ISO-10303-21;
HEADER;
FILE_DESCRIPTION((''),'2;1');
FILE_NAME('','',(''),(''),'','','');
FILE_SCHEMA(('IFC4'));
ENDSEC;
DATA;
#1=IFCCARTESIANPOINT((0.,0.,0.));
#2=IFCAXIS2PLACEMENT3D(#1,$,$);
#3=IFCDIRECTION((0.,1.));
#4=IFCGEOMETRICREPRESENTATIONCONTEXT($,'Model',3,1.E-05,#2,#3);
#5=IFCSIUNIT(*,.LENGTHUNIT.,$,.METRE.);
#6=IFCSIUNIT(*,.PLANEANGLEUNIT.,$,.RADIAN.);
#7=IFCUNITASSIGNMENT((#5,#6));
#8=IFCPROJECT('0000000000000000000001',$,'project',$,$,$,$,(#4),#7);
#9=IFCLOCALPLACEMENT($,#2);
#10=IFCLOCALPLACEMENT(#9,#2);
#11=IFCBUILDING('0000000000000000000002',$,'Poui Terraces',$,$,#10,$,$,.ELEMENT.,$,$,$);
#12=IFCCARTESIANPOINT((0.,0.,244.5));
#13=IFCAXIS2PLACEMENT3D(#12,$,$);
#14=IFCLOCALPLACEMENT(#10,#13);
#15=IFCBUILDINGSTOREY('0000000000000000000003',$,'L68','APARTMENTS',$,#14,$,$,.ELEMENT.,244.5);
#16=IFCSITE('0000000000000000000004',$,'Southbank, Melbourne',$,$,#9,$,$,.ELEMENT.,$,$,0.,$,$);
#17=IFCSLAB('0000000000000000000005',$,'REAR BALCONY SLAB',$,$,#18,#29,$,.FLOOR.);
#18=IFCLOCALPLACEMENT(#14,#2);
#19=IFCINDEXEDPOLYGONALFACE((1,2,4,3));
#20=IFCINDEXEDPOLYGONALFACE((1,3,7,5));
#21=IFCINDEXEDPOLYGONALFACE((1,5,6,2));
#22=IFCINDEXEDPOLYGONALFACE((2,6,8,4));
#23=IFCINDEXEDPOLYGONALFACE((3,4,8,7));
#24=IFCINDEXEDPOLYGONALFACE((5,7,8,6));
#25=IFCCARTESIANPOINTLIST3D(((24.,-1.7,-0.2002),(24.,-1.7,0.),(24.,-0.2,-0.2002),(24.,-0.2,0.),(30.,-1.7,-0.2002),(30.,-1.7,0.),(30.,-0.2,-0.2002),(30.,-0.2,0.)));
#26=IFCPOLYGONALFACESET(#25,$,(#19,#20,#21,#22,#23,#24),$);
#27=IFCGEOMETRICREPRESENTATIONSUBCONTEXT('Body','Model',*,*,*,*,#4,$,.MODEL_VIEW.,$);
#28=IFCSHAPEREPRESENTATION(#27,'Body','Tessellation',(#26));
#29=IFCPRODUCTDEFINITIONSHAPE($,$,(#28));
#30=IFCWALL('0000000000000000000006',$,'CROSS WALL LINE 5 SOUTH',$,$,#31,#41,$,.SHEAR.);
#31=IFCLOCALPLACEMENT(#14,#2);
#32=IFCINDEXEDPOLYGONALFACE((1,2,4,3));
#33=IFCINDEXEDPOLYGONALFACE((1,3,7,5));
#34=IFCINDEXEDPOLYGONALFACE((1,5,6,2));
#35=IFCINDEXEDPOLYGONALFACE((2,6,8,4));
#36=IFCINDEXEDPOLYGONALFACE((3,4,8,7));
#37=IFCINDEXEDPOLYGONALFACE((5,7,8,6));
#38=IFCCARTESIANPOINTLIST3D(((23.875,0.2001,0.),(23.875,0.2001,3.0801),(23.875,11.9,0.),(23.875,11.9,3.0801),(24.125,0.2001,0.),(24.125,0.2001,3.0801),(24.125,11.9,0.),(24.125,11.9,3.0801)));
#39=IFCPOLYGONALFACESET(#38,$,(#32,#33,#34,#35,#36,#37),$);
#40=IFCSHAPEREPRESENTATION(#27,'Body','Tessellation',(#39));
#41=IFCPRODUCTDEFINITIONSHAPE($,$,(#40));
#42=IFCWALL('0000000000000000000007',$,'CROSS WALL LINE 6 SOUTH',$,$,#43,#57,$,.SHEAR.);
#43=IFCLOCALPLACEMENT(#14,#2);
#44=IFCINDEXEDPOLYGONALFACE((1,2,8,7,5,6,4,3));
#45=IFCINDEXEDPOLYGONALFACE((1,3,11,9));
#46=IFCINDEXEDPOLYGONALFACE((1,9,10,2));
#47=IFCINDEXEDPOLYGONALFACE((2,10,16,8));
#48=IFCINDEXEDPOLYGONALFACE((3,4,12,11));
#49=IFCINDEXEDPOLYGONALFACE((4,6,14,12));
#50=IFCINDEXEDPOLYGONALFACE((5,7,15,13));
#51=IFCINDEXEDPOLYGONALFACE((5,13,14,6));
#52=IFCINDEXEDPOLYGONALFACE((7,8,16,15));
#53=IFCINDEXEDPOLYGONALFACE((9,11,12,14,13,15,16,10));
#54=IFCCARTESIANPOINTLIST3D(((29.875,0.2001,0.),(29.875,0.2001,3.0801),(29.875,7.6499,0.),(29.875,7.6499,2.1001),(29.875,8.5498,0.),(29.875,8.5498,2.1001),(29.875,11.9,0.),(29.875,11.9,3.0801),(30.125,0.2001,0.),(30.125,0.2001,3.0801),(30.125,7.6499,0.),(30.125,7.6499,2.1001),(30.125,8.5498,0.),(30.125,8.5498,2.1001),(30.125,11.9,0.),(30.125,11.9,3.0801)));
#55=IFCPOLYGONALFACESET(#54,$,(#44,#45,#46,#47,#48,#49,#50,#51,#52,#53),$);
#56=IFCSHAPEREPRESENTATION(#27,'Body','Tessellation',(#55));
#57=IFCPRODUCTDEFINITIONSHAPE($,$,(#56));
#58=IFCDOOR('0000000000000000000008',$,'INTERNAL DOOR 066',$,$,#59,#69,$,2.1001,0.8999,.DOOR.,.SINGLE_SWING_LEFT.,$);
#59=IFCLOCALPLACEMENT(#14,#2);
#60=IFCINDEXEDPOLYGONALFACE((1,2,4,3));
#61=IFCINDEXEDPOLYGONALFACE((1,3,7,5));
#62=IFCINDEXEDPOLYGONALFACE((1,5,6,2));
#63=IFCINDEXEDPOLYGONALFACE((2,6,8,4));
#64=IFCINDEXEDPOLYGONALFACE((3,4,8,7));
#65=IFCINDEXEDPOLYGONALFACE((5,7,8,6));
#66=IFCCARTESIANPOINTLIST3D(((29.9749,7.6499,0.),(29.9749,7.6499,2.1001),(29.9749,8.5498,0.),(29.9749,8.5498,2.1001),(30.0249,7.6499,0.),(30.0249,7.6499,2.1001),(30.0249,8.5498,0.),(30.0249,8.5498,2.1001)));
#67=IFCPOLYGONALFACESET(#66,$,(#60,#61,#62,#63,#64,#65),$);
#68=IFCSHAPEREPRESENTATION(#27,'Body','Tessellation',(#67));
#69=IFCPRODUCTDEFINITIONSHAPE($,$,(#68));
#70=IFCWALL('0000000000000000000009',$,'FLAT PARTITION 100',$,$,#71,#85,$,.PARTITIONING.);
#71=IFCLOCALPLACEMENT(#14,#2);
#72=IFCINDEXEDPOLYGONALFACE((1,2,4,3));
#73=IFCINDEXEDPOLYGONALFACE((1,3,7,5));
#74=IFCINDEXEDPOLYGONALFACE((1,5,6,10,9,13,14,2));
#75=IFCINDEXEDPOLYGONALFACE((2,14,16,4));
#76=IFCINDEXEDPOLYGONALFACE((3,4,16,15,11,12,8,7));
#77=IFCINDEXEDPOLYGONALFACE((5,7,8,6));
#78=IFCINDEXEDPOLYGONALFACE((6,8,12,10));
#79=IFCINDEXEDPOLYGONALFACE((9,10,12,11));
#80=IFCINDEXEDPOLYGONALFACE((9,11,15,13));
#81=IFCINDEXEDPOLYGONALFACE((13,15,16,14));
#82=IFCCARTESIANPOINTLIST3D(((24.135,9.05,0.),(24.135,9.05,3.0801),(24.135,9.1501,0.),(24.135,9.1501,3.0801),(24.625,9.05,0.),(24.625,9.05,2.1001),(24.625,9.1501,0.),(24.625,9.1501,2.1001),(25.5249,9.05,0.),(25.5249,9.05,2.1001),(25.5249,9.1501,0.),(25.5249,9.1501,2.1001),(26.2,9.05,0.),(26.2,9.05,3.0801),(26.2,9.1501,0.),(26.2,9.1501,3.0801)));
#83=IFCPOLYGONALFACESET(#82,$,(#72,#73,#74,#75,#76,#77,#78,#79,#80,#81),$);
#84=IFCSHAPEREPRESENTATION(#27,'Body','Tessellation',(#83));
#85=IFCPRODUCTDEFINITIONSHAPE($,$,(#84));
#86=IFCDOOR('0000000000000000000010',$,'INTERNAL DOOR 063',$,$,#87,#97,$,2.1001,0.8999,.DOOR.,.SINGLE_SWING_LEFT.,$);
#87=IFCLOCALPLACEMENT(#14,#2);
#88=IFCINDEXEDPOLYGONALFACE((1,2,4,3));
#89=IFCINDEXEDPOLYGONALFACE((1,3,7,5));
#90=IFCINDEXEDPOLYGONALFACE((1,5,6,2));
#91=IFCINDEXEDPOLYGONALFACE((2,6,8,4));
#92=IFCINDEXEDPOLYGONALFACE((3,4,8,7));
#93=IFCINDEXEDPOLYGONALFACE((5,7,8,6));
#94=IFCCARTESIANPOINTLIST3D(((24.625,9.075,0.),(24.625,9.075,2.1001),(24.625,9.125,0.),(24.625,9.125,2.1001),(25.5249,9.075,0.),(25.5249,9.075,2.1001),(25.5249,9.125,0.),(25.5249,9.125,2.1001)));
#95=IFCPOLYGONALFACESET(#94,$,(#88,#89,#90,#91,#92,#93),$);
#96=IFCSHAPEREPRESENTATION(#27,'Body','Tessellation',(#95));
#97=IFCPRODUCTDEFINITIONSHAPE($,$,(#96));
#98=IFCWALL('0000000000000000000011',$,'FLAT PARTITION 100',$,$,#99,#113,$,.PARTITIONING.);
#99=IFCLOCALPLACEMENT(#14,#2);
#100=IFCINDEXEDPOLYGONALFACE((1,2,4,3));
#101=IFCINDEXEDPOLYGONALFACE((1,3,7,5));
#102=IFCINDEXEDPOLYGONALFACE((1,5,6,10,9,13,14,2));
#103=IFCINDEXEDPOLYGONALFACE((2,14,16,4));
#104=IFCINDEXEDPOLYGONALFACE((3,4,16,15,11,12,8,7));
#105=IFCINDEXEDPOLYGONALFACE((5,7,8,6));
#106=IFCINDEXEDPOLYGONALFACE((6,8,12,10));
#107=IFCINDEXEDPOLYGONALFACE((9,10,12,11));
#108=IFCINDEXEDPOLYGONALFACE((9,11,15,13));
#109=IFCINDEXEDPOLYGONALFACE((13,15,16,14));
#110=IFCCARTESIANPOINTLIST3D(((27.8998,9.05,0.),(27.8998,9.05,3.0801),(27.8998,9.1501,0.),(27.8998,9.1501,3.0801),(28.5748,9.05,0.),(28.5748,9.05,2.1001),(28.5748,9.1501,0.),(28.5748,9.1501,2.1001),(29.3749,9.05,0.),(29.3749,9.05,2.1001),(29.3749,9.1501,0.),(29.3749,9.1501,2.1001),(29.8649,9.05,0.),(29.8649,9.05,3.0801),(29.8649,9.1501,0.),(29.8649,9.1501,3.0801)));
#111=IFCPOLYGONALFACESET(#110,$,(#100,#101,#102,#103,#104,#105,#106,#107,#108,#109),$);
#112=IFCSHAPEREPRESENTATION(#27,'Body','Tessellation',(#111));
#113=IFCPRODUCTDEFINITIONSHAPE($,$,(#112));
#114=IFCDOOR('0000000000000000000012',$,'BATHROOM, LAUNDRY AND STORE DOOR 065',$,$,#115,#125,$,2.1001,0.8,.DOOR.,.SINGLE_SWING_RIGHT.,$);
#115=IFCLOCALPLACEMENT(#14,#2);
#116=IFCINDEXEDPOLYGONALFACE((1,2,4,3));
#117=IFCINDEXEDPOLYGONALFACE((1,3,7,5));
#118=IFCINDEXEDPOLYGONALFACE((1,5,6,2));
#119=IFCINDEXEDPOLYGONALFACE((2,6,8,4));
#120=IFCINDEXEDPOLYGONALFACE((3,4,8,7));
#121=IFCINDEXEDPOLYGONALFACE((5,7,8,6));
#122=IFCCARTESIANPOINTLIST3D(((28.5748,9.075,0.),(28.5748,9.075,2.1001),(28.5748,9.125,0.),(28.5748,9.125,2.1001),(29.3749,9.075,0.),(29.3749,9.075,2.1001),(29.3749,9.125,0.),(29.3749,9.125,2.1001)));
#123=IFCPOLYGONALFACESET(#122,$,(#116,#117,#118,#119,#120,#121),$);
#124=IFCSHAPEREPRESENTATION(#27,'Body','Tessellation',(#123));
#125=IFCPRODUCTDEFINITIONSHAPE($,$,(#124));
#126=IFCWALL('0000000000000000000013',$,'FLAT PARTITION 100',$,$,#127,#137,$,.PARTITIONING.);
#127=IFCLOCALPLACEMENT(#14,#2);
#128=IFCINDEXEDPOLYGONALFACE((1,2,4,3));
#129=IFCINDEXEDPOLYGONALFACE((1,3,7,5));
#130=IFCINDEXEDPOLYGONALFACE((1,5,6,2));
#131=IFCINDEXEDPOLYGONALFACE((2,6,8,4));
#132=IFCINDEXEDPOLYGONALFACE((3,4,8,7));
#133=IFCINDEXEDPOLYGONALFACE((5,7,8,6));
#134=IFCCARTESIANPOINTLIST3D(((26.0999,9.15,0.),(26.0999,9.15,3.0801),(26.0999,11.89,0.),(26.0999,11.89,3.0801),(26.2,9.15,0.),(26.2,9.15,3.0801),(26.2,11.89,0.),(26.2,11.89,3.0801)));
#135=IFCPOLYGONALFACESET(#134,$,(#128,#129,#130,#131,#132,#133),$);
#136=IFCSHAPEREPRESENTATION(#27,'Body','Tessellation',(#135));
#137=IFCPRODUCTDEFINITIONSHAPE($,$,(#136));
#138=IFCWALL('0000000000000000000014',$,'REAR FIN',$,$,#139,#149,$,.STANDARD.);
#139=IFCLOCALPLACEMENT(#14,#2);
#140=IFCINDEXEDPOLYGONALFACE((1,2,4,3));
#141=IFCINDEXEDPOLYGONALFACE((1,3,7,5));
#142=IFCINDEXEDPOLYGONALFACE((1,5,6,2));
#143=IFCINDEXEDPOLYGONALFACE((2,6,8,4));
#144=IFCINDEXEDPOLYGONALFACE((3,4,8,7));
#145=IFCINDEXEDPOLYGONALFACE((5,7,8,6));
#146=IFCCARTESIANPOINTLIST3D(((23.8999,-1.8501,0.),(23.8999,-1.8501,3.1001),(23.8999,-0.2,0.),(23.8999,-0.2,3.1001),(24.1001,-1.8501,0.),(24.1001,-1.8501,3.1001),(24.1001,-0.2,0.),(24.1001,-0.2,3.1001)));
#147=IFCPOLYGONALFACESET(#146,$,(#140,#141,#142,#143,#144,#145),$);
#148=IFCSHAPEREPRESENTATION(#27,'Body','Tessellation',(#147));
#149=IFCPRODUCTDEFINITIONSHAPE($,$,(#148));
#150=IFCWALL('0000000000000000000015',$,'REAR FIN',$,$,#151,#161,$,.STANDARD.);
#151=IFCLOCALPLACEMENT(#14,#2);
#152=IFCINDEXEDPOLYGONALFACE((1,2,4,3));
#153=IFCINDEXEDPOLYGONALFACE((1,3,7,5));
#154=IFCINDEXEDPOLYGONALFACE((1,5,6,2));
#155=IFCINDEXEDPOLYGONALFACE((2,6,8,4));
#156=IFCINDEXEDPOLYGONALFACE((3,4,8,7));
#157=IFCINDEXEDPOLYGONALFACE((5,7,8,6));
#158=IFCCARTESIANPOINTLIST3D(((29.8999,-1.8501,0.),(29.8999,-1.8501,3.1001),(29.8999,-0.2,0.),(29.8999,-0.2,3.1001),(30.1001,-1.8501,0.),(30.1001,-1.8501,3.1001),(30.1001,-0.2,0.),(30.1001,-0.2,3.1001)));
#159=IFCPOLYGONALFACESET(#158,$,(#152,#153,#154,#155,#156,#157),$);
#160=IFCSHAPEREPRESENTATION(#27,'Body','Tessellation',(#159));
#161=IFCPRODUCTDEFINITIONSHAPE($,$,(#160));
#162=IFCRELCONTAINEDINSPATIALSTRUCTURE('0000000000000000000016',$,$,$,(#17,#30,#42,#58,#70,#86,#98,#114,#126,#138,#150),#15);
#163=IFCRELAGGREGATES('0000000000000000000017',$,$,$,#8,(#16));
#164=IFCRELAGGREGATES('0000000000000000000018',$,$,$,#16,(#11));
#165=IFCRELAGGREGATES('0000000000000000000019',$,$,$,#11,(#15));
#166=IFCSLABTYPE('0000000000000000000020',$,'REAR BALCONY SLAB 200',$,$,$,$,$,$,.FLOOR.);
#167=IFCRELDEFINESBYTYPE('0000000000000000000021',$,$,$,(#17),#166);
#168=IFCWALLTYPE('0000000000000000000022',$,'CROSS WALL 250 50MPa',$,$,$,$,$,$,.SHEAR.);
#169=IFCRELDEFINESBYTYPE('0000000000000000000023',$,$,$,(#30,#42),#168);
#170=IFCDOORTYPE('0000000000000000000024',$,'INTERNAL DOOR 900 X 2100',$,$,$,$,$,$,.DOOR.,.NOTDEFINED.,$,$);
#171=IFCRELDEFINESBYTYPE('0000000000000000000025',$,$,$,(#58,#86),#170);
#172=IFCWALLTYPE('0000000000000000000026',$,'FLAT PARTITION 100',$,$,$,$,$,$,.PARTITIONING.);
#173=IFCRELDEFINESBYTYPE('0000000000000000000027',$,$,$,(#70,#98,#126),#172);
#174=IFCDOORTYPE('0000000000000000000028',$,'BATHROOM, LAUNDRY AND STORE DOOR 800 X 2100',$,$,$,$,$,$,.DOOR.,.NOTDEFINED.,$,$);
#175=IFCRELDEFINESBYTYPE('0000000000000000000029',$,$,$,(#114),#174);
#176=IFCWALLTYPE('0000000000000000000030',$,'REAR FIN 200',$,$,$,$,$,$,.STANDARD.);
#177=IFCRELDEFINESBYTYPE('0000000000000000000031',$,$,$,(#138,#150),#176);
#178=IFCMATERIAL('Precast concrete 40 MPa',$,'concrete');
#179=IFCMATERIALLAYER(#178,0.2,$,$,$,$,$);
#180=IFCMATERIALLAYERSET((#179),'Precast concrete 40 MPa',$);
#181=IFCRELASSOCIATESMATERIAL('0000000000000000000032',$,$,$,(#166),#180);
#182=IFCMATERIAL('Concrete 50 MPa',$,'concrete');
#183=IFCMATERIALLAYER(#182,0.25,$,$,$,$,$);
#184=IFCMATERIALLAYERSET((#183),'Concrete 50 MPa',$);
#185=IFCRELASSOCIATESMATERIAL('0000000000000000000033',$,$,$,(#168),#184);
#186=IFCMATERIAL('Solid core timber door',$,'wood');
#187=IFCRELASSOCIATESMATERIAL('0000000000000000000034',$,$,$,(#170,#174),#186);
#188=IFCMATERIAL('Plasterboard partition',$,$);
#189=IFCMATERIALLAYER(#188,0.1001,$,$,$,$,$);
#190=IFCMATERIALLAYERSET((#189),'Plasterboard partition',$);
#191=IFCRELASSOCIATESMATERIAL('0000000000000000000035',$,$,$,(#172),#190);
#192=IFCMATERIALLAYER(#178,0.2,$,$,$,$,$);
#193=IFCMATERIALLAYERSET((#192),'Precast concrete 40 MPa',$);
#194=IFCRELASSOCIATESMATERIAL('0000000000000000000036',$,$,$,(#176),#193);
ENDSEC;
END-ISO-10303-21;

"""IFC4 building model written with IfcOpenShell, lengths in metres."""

from ifc_helpers import new_model, si_unit, direction, frame, frame_2d, origin, place, context, subcontext, project, spatial, polyline, rectangle, outline, extrude, source, transform, mapped, material, layer, layer_set, type_object, element, fill, save


model = new_model("IFC4")

# Units and contexts
model_context = context("Model", 3, precision=1e-05, world=origin(), true_north=direction((0.0, 1.0)))
body_context = subcontext(model_context, "Body", "Model", "MODEL_VIEW")
ifc_project = project(units=[si_unit("LENGTHUNIT", "METRE"), si_unit("PLANEANGLEUNIT", "RADIAN")], contexts=[model_context])

# Site, building, storey
site_placement = place(None, origin())
site = spatial("IfcSite", under=ifc_project, at=site_placement, Name="Southbank, Melbourne", CompositionType="ELEMENT", RefElevation=0.0)
building_placement = place(site_placement, origin())
building = spatial("IfcBuilding", under=site, at=building_placement, Name="Poui Terraces", CompositionType="ELEMENT")
storey_placement = place(building_placement, frame((0.0, 0.0, 244.5)))
storey = spatial("IfcBuildingStorey", under=building, at=storey_placement, Name="L68", Description="APARTMENTS", CompositionType="ELEMENT", Elevation=244.5)

# Slab
ifc_material_1 = material(Name="Precast concrete 40 MPa", Category="concrete")
ifc_layer_1 = layer(ifc_material_1, 0.2)
ifc_layer_set_1 = layer_set([ifc_layer_1], Name="Precast concrete 40 MPa")
slab_type = type_object("IfcSlabType", Name="REAR BALCONY SLAB 200", PredefinedType="FLOOR", material=ifc_layer_set_1)
shared_shape_1 = source(origin(), body_context, "Body", "SweptSolid", [
    extrude(outline(polyline([(0.0, 0.0), (6.0, 0.0), (6.0, 1.5), (0.0, 1.5), (0.0, 0.0)])), origin(), (0.0, 0.0, 1.0), 0.2002),
])
slab_placement = place(storey_placement, frame((24.0, -1.7, -0.2002)))
element("IfcSlab", 1, at=slab_placement, inside=storey, type_object=slab_type, Name="REAR BALCONY SLAB", PredefinedType="FLOOR", context=body_context, shape_type="MappedRepresentation", body=[
    mapped(shared_shape_1, transform((0.0, 0.0, 0.0))),
])

# Wall
ifc_material_2 = material(Name="Concrete 50 MPa", Category="concrete")
ifc_layer_2 = layer(ifc_material_2, 0.25)
ifc_layer_set_2 = layer_set([ifc_layer_2], Name="Concrete 50 MPa")
wall_type_1 = type_object("IfcWallType", Name="CROSS WALL 250 50MPa", PredefinedType="SHEAR", material=ifc_layer_set_2)
wall_1_placement = place(storey_placement, frame((24.0, 0.2, 0.0), z_axis=(0.0, 0.0, 1.0), x_axis=(0.0, 1.0, 0.0)))
element("IfcWall", 2, at=wall_1_placement, inside=storey, type_object=wall_type_1, Name="CROSS WALL LINE 5 SOUTH", PredefinedType="SHEAR", context=body_context, shape_type="SweptSolid", body=[
    extrude(rectangle(XDim=11.7, YDim=0.25, at=frame_2d((5.8501, 0.0))), origin(), (0.0, 0.0, 1.0), 3.0801),
])

# Walls, openings, doors
wall_2_placement = place(storey_placement, frame((30.0, 0.2, 0.0), z_axis=(0.0, 0.0, 1.0), x_axis=(0.0, 1.0, 0.0)))
wall_2 = element("IfcWall", 3, at=wall_2_placement, inside=storey, type_object=wall_type_1, Name="CROSS WALL LINE 6 SOUTH", PredefinedType="SHEAR", context=body_context, shape_type="SweptSolid", body=[
    extrude(rectangle(XDim=11.7, YDim=0.25, at=frame_2d((5.8501, 0.0))), origin(), (0.0, 0.0, 1.0), 3.0801),
])
opening_1_placement = place(wall_2_placement, frame((7.45, 0.0, 0.0)))
opening_1 = element("IfcOpeningElement", 4, at=opening_1_placement, cuts=wall_2, PredefinedType="OPENING", context=body_context, shape_type="SweptSolid", body=[
    extrude(rectangle(XDim=0.8999, YDim=2.1001, at=frame_2d((0.45, 1.05))), frame((0.0, 0.135, 0.0), z_axis=(0.0, -1.0, 0.0), x_axis=(1.0, 0.0, 0.0)), (0.0, 0.0, 1.0), 0.27),
])
ifc_material_3 = material(Name="Solid core timber door", Category="wood")
door_type_1 = type_object("IfcDoorType", Name="INTERNAL DOOR 900 X 2100", OperationType="NOTDEFINED", PredefinedType="DOOR", material=ifc_material_3)
door_1_placement = place(opening_1_placement, frame((0.8999, 0.0, 0.0), z_axis=(0.0, 0.0, 1.0), x_axis=(-1.0, 0.0, 0.0)))
door_1 = element("IfcDoor", 5, at=door_1_placement, inside=storey, type_object=door_type_1, Name="INTERNAL DOOR 066", OperationType="SINGLE_SWING_LEFT", OverallHeight=2.1001, OverallWidth=0.8999, PredefinedType="DOOR", context=body_context, shape_type="SweptSolid", body=[
    extrude(rectangle(XDim=0.8999, YDim=2.1001, at=frame_2d((0.45, 1.05))), frame((0.0, 0.0249, 0.0), z_axis=(0.0, -1.0, 0.0), x_axis=(1.0, 0.0, 0.0)), (0.0, 0.0, 1.0), 0.05),
])
fill(opening_1, door_1)
ifc_material_4 = material(Name="Plasterboard partition")
ifc_layer_3 = layer(ifc_material_4, 0.1001)
ifc_layer_set_3 = layer_set([ifc_layer_3], Name="Plasterboard partition")
wall_type_2 = type_object("IfcWallType", Name="FLAT PARTITION 100", PredefinedType="PARTITIONING", material=ifc_layer_set_3)
wall_3_placement = place(storey_placement, frame((24.135, 9.1001, 0.0), z_axis=(0.0, 0.0, 1.0), x_axis=(1.0, 0.0, 0.0)))
wall_3 = element("IfcWall", 6, at=wall_3_placement, inside=storey, type_object=wall_type_2, Name="FLAT PARTITION 100", PredefinedType="PARTITIONING", context=body_context, shape_type="SweptSolid", body=[
    extrude(rectangle(XDim=2.0649, YDim=0.1001, at=frame_2d((1.0325, 0.0))), origin(), (0.0, 0.0, 1.0), 3.0801),
])
opening_2_placement = place(wall_3_placement, frame((0.49, 0.0, 0.0)))
opening_2 = element("IfcOpeningElement", 7, at=opening_2_placement, cuts=wall_3, PredefinedType="OPENING", context=body_context, shape_type="SweptSolid", body=[
    extrude(rectangle(XDim=0.8999, YDim=2.1001, at=frame_2d((0.45, 1.05))), frame((0.0, 0.0601, 0.0), z_axis=(0.0, -1.0, 0.0), x_axis=(1.0, 0.0, 0.0)), (0.0, 0.0, 1.0), 0.1201),
])
door_2_placement = place(opening_2_placement, origin())
door_2 = element("IfcDoor", 8, at=door_2_placement, inside=storey, type_object=door_type_1, Name="INTERNAL DOOR 063", OperationType="SINGLE_SWING_LEFT", OverallHeight=2.1001, OverallWidth=0.8999, PredefinedType="DOOR", context=body_context, shape_type="SweptSolid", body=[
    extrude(rectangle(XDim=0.8999, YDim=2.1001, at=frame_2d((0.45, 1.05))), frame((0.0, 0.0249, 0.0), z_axis=(0.0, -1.0, 0.0), x_axis=(1.0, 0.0, 0.0)), (0.0, 0.0, 1.0), 0.05),
])
fill(opening_2, door_2)
wall_4_placement = place(storey_placement, frame((27.8999, 9.1001, 0.0), z_axis=(0.0, 0.0, 1.0), x_axis=(1.0, 0.0, 0.0)))
wall_4 = element("IfcWall", 9, at=wall_4_placement, inside=storey, type_object=wall_type_2, Name="FLAT PARTITION 100", PredefinedType="PARTITIONING", context=body_context, shape_type="SweptSolid", body=[
    extrude(rectangle(XDim=1.9651, YDim=0.1001, at=frame_2d((0.9824, 0.0))), origin(), (0.0, 0.0, 1.0), 3.0801),
])
opening_3_placement = place(wall_4_placement, frame((0.675, 0.0, 0.0)))
opening_3 = element("IfcOpeningElement", 10, at=opening_3_placement, cuts=wall_4, PredefinedType="OPENING", context=body_context, shape_type="SweptSolid", body=[
    extrude(rectangle(XDim=0.8, YDim=2.1001, at=frame_2d((0.3999, 1.05))), frame((0.0, 0.0601, 0.0), z_axis=(0.0, -1.0, 0.0), x_axis=(1.0, 0.0, 0.0)), (0.0, 0.0, 1.0), 0.1201),
])
door_type_2 = type_object("IfcDoorType", Name="BATHROOM, LAUNDRY AND STORE DOOR 800 X 2100", OperationType="NOTDEFINED", PredefinedType="DOOR", material=ifc_material_3)
door_3_placement = place(opening_3_placement, origin())
door_3 = element("IfcDoor", 11, at=door_3_placement, inside=storey, type_object=door_type_2, Name="BATHROOM, LAUNDRY AND STORE DOOR 065", OperationType="SINGLE_SWING_RIGHT", OverallHeight=2.1001, OverallWidth=0.8, PredefinedType="DOOR", context=body_context, shape_type="SweptSolid", body=[
    extrude(rectangle(XDim=0.8, YDim=2.1001, at=frame_2d((0.3999, 1.05))), frame((0.0, 0.0249, 0.0), z_axis=(0.0, -1.0, 0.0), x_axis=(1.0, 0.0, 0.0)), (0.0, 0.0, 1.0), 0.05),
])
fill(opening_3, door_3)

# Walls
wall_5_placement = place(storey_placement, frame((26.1499, 9.1499, 0.0), z_axis=(0.0, 0.0, 1.0), x_axis=(0.0, 1.0, 0.0)))
element("IfcWall", 12, at=wall_5_placement, inside=storey, type_object=wall_type_2, Name="FLAT PARTITION 100", PredefinedType="PARTITIONING", context=body_context, shape_type="SweptSolid", body=[
    extrude(rectangle(XDim=2.74, YDim=0.1001, at=frame_2d((1.3701, 0.0))), origin(), (0.0, 0.0, 1.0), 3.0801),
])
ifc_layer_4 = layer(ifc_material_1, 0.2)
ifc_layer_set_4 = layer_set([ifc_layer_4], Name="Precast concrete 40 MPa")
wall_type_3 = type_object("IfcWallType", Name="REAR FIN 200", PredefinedType="STANDARD", material=ifc_layer_set_4)
shared_shape_2 = source(origin(), body_context, "Body", "SweptSolid", [
    extrude(outline(polyline([(0.0, 0.0), (0.2002, 0.0), (0.2002, 1.6501), (0.0, 1.6501), (0.0, 0.0)])), origin(), (0.0, 0.0, 1.0), 3.1001),
])
for number, where, name in (
    (13, (23.8999, -1.8501, 0.0), "REAR FIN"),
    (14, (29.8999, -1.8501, 0.0), "REAR FIN"),
):
    element("IfcWall", number, at=place(storey_placement, frame(where)), inside=storey, type_object=wall_type_3, Name=name, PredefinedType="STANDARD", context=body_context, shape_type="MappedRepresentation", body=[
        mapped(shared_shape_2, transform((0.0, 0.0, 0.0))),
    ])

save(model, "model.ifc")
